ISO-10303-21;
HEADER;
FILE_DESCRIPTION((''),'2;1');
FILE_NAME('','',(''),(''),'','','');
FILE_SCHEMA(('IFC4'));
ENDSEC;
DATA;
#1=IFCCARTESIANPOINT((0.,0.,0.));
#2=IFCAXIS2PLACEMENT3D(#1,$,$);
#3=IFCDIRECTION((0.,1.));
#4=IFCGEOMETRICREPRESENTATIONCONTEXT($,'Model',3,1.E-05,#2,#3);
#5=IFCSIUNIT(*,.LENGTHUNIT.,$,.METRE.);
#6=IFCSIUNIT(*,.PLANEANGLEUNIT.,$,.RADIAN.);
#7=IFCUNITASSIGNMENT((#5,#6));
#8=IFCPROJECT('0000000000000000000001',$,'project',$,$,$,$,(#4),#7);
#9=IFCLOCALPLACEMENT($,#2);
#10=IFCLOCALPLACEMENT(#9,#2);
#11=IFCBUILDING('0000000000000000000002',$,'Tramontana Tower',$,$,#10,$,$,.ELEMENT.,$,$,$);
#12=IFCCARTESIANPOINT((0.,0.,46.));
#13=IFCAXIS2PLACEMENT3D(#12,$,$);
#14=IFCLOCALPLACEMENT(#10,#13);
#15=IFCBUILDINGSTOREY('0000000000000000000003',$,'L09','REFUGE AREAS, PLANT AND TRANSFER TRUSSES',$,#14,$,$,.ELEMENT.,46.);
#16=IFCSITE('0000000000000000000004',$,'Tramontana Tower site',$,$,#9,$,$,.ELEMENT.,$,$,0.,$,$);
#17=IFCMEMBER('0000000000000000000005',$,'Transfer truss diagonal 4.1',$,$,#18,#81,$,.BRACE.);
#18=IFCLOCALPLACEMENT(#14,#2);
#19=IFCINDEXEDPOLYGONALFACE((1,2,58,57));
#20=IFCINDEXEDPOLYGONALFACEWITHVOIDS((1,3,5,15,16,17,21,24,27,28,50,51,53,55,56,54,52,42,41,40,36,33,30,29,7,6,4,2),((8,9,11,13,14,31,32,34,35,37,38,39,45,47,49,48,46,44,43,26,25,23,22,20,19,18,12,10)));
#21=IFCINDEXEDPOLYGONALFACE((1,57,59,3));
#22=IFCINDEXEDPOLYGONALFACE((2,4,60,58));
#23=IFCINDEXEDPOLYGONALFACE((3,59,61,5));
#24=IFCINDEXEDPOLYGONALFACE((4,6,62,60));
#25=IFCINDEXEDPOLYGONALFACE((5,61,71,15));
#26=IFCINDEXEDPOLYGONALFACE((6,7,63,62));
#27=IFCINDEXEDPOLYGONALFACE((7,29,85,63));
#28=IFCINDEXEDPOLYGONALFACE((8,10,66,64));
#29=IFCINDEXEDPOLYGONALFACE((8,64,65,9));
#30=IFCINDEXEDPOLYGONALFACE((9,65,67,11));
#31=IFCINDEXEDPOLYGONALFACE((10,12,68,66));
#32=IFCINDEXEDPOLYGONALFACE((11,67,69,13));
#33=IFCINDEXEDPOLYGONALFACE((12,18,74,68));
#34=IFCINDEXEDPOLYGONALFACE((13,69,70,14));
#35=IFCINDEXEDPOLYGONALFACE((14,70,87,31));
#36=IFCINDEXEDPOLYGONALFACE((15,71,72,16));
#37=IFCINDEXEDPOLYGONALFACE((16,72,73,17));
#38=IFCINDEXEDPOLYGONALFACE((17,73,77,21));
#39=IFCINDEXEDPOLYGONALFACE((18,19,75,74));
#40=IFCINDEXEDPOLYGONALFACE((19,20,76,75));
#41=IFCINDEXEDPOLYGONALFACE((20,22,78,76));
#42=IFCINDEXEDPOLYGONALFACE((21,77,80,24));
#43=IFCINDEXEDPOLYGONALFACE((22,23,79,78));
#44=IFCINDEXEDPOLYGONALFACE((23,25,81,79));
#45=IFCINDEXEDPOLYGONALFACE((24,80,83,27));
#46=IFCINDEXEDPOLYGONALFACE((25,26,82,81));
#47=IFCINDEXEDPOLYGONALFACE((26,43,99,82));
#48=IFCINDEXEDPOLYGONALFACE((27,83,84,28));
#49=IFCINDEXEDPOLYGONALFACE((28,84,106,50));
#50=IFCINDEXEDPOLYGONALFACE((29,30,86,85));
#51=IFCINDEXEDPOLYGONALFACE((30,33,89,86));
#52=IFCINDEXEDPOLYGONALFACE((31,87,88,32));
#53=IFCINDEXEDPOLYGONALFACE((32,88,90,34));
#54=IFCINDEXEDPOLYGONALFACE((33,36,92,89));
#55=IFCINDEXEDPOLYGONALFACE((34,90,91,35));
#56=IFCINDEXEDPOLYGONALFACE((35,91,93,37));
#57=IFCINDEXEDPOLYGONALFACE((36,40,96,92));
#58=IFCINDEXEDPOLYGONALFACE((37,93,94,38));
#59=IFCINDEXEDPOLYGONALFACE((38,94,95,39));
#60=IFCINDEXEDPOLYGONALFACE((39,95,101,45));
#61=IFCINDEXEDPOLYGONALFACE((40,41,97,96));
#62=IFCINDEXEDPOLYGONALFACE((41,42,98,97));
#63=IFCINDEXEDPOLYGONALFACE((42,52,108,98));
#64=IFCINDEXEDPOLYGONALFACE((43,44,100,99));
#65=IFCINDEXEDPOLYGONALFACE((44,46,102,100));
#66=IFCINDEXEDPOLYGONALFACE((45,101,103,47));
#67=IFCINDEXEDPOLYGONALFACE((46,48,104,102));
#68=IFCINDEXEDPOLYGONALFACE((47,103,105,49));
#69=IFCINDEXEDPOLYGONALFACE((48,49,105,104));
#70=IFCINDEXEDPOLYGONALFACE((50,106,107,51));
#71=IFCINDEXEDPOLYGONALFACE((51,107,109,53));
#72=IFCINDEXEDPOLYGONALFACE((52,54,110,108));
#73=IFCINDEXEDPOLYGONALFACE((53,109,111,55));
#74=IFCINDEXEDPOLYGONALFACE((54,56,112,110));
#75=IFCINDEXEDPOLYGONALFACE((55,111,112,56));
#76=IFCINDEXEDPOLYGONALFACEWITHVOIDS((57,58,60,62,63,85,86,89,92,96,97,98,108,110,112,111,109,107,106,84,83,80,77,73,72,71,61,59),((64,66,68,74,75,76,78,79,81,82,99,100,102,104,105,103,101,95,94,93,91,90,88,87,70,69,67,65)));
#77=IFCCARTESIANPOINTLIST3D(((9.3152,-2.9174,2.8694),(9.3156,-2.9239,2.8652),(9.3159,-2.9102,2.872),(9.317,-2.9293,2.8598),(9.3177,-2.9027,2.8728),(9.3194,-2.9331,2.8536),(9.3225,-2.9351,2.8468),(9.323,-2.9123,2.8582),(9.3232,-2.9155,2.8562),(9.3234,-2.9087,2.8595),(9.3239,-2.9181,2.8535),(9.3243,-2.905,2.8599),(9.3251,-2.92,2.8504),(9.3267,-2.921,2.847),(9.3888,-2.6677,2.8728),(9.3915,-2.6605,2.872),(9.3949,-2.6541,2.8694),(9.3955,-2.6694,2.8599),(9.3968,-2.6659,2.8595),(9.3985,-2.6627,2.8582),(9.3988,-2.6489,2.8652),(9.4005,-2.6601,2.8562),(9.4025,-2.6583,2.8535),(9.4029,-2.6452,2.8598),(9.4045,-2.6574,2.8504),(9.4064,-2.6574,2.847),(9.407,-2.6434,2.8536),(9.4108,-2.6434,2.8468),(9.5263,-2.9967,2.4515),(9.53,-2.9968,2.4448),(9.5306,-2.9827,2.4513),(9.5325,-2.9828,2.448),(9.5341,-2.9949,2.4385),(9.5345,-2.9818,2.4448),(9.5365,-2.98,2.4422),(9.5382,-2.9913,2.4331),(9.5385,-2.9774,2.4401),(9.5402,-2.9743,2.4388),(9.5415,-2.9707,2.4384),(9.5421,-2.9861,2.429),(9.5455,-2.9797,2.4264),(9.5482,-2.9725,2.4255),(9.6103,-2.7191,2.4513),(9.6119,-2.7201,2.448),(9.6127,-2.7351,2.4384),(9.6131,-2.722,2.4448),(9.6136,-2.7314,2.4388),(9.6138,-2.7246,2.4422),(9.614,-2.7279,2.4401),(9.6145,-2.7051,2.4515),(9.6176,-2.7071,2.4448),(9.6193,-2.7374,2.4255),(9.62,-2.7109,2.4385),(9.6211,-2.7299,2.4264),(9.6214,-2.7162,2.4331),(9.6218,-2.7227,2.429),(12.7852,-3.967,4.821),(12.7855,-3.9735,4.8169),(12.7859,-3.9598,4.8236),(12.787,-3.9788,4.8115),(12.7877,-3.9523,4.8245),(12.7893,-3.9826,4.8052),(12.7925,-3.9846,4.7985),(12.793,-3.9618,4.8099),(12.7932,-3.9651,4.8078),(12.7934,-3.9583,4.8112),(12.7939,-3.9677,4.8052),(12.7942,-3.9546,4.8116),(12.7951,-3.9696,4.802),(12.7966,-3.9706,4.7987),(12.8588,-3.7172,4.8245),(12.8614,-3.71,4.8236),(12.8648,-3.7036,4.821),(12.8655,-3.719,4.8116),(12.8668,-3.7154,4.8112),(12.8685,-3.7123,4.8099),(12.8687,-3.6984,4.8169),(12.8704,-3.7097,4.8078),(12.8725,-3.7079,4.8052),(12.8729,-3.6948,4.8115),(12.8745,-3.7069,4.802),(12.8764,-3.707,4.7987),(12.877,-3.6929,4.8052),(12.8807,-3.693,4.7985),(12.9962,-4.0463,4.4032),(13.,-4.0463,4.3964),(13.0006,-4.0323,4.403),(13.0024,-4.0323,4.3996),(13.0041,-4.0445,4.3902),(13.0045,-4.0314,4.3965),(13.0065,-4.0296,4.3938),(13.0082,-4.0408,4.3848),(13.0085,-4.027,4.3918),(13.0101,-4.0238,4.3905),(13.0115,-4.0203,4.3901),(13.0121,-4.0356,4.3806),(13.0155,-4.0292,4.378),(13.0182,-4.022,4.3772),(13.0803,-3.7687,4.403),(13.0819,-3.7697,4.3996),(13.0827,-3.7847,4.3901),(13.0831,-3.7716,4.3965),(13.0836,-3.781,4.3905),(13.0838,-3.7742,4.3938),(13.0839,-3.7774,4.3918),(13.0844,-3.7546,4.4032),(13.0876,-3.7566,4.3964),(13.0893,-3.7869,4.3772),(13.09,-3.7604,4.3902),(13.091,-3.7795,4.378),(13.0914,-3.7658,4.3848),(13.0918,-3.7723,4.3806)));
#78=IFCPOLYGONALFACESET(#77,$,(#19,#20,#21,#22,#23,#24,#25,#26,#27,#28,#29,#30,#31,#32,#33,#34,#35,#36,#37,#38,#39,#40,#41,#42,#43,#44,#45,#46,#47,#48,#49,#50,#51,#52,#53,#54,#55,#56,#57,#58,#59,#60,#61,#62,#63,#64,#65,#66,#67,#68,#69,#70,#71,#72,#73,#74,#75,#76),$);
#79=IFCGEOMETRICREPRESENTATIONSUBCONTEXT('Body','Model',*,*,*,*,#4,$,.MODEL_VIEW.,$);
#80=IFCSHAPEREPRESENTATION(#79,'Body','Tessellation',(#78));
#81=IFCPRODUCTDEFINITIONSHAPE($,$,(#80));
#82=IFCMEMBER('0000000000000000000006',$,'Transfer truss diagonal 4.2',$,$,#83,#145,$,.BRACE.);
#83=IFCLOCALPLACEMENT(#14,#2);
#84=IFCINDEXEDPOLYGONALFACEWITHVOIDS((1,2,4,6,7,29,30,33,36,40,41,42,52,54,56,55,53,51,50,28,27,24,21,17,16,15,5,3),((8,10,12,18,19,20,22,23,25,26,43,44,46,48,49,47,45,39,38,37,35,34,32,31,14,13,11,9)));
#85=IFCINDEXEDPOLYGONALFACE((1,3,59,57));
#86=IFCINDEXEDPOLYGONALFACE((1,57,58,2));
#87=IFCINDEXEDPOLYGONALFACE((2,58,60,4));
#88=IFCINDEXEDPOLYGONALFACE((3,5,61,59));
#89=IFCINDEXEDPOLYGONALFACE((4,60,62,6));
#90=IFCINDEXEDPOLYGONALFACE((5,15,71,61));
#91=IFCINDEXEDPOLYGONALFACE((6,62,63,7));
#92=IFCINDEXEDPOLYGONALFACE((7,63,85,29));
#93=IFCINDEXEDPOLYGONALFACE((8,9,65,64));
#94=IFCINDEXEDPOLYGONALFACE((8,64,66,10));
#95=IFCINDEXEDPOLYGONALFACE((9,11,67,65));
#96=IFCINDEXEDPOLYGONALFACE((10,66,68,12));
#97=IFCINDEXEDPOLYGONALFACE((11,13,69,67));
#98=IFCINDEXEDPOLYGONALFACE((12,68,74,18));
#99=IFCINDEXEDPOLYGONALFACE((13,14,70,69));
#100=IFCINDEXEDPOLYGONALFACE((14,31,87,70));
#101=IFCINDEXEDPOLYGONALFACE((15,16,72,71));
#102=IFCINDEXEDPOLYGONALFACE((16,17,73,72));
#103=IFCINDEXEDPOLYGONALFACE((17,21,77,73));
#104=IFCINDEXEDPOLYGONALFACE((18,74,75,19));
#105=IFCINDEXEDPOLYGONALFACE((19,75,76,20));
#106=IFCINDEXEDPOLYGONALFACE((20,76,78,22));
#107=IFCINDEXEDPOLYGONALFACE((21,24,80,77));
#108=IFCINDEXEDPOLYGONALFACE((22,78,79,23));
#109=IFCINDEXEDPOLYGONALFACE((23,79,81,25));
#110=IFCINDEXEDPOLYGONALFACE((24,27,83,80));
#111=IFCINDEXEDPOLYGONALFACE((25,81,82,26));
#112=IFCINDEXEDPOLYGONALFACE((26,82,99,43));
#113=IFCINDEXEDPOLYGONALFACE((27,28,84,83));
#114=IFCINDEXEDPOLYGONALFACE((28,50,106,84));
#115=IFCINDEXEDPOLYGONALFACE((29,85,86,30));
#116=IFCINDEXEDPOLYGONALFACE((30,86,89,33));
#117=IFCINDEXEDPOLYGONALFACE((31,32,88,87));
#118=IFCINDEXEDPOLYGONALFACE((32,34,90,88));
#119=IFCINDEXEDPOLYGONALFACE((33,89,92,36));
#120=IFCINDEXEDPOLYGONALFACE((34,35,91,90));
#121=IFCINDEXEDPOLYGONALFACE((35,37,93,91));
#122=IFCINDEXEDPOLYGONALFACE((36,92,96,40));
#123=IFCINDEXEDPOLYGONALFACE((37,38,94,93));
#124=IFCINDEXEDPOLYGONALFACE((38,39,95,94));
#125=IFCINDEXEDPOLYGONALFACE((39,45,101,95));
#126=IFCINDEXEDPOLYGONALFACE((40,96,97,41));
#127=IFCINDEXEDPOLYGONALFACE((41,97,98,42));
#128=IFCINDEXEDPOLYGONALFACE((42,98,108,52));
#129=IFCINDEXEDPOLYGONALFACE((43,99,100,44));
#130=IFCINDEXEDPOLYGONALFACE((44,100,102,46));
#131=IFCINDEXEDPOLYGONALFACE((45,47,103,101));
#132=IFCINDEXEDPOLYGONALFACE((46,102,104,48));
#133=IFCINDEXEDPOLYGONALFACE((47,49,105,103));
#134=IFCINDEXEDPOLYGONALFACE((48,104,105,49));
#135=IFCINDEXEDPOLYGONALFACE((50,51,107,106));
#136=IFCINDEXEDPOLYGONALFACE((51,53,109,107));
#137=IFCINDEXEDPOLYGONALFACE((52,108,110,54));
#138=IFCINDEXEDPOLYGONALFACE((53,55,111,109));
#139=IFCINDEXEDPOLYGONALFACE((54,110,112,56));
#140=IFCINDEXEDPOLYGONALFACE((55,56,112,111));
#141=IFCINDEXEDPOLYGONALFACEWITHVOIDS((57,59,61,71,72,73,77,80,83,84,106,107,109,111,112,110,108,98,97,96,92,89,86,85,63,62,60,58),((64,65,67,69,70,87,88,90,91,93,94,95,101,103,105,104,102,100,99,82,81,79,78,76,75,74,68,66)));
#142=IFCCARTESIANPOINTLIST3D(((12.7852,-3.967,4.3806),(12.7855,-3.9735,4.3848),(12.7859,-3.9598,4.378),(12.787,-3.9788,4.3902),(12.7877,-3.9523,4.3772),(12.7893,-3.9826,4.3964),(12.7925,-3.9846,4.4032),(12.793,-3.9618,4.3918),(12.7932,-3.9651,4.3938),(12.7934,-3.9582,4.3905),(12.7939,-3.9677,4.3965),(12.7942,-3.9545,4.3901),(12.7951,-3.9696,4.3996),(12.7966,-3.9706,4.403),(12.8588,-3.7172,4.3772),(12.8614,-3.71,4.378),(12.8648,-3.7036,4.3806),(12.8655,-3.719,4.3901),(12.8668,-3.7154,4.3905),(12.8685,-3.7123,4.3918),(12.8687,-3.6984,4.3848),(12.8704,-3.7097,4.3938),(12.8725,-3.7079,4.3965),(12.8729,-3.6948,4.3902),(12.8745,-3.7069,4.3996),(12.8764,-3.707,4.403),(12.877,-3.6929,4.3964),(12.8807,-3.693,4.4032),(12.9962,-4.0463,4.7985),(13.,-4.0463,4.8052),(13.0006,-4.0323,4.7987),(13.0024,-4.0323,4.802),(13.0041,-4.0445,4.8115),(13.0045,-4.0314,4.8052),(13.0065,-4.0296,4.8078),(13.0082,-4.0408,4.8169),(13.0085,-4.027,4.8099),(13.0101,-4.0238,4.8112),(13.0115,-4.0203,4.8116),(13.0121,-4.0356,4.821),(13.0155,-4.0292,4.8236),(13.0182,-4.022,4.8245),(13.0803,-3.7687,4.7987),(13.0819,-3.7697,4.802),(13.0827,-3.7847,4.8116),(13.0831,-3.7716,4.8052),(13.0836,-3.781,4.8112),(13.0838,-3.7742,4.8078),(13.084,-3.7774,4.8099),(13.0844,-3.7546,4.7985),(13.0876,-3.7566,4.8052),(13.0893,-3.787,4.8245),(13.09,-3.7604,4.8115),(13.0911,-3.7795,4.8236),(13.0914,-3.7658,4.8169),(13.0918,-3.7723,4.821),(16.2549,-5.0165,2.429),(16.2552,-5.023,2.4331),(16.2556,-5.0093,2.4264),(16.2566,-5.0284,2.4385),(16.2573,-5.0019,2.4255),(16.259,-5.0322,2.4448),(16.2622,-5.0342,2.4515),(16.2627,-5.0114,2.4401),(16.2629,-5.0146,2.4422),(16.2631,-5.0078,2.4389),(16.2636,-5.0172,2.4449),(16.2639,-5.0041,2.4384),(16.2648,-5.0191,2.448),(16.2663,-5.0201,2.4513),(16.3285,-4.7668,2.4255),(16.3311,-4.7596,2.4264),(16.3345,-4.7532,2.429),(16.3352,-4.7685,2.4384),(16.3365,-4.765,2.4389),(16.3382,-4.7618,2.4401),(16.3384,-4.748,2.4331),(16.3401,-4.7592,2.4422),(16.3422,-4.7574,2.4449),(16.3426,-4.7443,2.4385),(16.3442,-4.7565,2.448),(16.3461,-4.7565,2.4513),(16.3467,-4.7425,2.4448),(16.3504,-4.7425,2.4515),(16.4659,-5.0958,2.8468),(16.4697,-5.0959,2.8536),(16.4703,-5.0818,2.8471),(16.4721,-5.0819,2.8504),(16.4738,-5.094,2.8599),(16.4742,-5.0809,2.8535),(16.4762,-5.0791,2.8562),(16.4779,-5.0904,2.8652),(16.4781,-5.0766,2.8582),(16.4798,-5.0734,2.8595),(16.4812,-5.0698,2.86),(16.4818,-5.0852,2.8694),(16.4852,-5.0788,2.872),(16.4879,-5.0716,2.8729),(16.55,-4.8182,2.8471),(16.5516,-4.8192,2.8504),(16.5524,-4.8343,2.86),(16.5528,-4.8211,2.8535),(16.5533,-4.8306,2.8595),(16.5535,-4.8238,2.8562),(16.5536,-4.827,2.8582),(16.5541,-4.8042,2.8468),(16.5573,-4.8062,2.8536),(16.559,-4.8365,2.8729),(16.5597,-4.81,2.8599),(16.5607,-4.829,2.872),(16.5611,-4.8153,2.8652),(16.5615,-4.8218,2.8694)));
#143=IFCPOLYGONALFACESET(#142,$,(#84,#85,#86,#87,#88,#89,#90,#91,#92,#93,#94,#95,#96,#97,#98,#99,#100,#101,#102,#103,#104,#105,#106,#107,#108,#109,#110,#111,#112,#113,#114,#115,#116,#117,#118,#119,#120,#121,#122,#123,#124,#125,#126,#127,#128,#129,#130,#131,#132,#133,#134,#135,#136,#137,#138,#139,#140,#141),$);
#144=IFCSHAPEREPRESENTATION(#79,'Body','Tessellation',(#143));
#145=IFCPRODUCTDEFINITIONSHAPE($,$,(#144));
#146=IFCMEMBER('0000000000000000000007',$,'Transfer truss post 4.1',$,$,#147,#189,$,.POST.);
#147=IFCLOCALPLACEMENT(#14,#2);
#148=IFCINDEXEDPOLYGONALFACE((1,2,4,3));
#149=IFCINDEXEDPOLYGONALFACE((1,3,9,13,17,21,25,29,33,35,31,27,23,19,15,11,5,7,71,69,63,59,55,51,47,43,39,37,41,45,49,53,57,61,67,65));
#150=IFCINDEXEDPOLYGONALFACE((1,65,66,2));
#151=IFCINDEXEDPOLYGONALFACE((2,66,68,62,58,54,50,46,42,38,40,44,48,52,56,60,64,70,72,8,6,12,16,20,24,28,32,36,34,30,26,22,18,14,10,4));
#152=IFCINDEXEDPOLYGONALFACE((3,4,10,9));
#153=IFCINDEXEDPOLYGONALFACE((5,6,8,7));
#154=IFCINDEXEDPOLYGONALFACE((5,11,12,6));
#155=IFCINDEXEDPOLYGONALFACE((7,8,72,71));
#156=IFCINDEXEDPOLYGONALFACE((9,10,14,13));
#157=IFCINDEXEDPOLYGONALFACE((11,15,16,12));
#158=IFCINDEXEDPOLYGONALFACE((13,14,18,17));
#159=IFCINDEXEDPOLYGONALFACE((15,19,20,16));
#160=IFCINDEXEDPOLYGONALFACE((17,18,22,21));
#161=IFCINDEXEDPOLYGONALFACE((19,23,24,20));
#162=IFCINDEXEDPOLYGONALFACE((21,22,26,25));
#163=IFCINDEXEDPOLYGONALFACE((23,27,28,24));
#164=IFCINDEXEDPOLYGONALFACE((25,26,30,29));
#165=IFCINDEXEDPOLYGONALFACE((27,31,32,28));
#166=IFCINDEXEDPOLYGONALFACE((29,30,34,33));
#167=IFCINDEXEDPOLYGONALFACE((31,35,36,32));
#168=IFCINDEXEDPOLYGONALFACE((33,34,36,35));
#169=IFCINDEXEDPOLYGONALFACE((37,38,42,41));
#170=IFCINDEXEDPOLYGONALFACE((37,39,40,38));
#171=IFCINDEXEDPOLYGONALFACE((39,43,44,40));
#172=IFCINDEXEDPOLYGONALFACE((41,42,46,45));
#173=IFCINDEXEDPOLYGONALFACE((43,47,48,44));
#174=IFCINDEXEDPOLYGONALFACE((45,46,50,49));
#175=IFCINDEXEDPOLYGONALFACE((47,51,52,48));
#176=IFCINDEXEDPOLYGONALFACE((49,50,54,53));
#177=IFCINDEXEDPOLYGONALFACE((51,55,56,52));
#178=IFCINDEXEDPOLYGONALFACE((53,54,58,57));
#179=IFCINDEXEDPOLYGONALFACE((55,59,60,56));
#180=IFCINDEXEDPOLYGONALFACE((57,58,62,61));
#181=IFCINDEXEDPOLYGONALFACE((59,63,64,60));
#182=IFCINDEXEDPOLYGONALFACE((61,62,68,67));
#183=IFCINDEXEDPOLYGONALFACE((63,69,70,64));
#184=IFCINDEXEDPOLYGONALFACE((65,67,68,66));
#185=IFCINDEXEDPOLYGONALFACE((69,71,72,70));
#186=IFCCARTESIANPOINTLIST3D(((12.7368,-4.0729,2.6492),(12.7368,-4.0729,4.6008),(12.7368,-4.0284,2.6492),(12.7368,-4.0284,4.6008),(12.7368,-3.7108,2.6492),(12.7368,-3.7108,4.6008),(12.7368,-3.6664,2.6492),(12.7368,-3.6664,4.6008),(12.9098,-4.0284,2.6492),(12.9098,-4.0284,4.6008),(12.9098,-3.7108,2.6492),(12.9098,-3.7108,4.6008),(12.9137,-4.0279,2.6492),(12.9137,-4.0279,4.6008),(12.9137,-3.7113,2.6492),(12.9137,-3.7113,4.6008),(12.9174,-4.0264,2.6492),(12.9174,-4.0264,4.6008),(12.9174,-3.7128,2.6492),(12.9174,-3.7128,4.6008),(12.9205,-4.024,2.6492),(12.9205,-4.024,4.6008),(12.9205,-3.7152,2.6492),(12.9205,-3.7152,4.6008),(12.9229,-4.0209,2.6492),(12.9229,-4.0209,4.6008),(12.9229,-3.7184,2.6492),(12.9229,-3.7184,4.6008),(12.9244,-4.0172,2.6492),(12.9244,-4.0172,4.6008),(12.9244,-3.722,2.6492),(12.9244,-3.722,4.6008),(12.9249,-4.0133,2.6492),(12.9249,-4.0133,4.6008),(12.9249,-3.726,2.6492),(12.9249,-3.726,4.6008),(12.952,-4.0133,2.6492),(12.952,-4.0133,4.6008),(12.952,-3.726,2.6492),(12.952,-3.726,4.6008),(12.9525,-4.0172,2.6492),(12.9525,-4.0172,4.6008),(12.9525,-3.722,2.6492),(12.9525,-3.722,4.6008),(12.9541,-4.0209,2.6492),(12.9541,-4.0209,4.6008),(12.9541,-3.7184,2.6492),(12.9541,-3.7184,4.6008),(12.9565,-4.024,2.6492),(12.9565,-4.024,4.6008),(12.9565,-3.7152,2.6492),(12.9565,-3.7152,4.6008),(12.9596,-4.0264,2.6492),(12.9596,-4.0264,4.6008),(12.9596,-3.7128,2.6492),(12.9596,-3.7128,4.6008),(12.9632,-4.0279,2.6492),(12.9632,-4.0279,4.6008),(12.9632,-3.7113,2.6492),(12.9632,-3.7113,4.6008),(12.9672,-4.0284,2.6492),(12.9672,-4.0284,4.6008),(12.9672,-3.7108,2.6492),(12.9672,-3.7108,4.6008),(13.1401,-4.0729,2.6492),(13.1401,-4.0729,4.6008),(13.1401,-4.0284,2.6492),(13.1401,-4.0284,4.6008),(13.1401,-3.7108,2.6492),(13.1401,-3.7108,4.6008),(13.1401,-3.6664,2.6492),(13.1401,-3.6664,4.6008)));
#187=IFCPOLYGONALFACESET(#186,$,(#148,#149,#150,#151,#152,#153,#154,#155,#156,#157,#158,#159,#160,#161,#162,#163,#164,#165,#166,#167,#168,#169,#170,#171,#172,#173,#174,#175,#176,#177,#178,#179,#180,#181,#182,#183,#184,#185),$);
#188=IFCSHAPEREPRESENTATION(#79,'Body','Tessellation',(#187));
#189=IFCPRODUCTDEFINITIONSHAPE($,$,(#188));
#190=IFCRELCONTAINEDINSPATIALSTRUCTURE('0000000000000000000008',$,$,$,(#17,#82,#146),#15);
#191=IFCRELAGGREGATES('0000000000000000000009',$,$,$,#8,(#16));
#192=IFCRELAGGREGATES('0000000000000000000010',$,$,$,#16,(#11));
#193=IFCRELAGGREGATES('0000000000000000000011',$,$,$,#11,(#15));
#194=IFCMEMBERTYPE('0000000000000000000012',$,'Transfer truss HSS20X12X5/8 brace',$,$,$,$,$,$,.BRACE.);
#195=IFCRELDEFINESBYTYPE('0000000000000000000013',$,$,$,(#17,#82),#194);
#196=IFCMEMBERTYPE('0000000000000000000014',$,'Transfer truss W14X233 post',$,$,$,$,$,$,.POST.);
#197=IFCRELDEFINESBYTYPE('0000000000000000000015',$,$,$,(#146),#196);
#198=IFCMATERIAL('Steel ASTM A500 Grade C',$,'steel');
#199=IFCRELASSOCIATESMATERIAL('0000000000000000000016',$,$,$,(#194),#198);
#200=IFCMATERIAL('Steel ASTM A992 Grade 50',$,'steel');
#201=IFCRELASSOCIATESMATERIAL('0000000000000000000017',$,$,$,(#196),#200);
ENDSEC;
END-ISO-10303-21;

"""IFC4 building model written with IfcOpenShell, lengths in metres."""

from ifc_helpers import new_model, si_unit, direction, frame, origin, origin_2d, place, context, subcontext, project, spatial, hollow_rectangle, i_section, extrude, material, material_profile, profile_set, type_object, element, save


model = new_model("IFC4")

# Units and contexts
model_context = context("Model", 3, precision=1e-05, world=origin(), true_north=direction((0.0, 1.0)))
body_context = subcontext(model_context, "Body", "Model", "MODEL_VIEW")
ifc_project = project(units=[si_unit("LENGTHUNIT", "METRE"), si_unit("PLANEANGLEUNIT", "RADIAN")], contexts=[model_context])

# Site, building, storey
site_placement = place(None, origin())
site = spatial("IfcSite", under=ifc_project, at=site_placement, Name="Tramontana Tower site", CompositionType="ELEMENT", RefElevation=0.0)
building_placement = place(site_placement, origin())
building = spatial("IfcBuilding", under=site, at=building_placement, Name="Tramontana Tower", CompositionType="ELEMENT")
storey_placement = place(building_placement, frame((0.0, 0.0, 46.0)))
storey = spatial("IfcBuildingStorey", under=building, at=storey_placement, Name="L09", Description="REFUGE AREAS, PLANT AND TRANSFER TRUSSES", CompositionType="ELEMENT", Elevation=46.0)

# Members
ifc_material_1 = material(Name="Steel ASTM A500 Grade C", Category="steel")
ifc_material_profile_1 = material_profile(ifc_material_1, hollow_rectangle(XDim=0.3047, YDim=0.5081, WallThickness=0.0146, InnerFilletRadius=0.0146, OuterFilletRadius=0.0295, at=origin_2d()), Name="HSS20X12X5/8")
ifc_profile_set_1 = profile_set([ifc_material_profile_1], Name="Steel ASTM A500 Grade C")
member_type_1 = type_object("IfcMemberType", Name="Transfer truss HSS20X12X5/8 brace", PredefinedType="BRACE", material=ifc_profile_set_1)
member_1_placement = place(storey_placement, frame((9.4685, -2.8201, 2.6492), z_axis=(0.842801, -0.254922, 0.474027), x_axis=(0.289516, 0.957173, 0.0)))
element("IfcMember", 1, at=member_1_placement, inside=storey, type_object=member_type_1, Name="Transfer truss diagonal 4.1", PredefinedType="BRACE", context=body_context, shape_type="SweptSolid", body=[
    extrude(hollow_rectangle(XDim=0.3047, YDim=0.5081, WallThickness=0.0146, InnerFilletRadius=0.0146, OuterFilletRadius=0.0295, at=origin_2d()), origin(), (0.0, 0.0, 1.0), 4.1172),
])
member_2_placement = place(storey_placement, frame((12.9385, -3.8696, 4.6008), z_axis=(0.842784, -0.254934, -0.474051), x_axis=(0.289534, 0.957168, 0.0)))
element("IfcMember", 2, at=member_2_placement, inside=storey, type_object=member_type_1, Name="Transfer truss diagonal 4.2", PredefinedType="BRACE", context=body_context, shape_type="SweptSolid", body=[
    extrude(hollow_rectangle(XDim=0.3047, YDim=0.5081, WallThickness=0.0146, InnerFilletRadius=0.0146, OuterFilletRadius=0.0295, at=origin_2d()), origin(), (0.0, 0.0, 1.0), 4.1169),
])
ifc_material_2 = material(Name="Steel ASTM A992 Grade 50", Category="steel")
ifc_material_profile_2 = material_profile(ifc_material_2, i_section(OverallWidth=0.4033, OverallDepth=0.4065, WebThickness=0.0271, FlangeThickness=0.0444, FilletRadius=0.0151, at=origin_2d()), Name="W14X233")
ifc_profile_set_2 = profile_set([ifc_material_profile_2], Name="Steel ASTM A992 Grade 50")
member_type_2 = type_object("IfcMemberType", Name="Transfer truss W14X233 post", PredefinedType="POST", material=ifc_profile_set_2)
member_3_placement = place(storey_placement, frame((12.9385, -3.8696, 2.6492), z_axis=(0.0, 0.0, 1.0), x_axis=(1.0, 0.0, 0.0)))
element("IfcMember", 3, at=member_3_placement, inside=storey, type_object=member_type_2, Name="Transfer truss post 4.1", PredefinedType="POST", context=body_context, shape_type="SweptSolid", body=[
    extrude(i_section(OverallWidth=0.4033, OverallDepth=0.4065, WebThickness=0.0271, FlangeThickness=0.0444, FilletRadius=0.0151, at=origin_2d()), origin(), (0.0, 0.0, 1.0), 1.9517),
])

save(model, "model.ifc")
